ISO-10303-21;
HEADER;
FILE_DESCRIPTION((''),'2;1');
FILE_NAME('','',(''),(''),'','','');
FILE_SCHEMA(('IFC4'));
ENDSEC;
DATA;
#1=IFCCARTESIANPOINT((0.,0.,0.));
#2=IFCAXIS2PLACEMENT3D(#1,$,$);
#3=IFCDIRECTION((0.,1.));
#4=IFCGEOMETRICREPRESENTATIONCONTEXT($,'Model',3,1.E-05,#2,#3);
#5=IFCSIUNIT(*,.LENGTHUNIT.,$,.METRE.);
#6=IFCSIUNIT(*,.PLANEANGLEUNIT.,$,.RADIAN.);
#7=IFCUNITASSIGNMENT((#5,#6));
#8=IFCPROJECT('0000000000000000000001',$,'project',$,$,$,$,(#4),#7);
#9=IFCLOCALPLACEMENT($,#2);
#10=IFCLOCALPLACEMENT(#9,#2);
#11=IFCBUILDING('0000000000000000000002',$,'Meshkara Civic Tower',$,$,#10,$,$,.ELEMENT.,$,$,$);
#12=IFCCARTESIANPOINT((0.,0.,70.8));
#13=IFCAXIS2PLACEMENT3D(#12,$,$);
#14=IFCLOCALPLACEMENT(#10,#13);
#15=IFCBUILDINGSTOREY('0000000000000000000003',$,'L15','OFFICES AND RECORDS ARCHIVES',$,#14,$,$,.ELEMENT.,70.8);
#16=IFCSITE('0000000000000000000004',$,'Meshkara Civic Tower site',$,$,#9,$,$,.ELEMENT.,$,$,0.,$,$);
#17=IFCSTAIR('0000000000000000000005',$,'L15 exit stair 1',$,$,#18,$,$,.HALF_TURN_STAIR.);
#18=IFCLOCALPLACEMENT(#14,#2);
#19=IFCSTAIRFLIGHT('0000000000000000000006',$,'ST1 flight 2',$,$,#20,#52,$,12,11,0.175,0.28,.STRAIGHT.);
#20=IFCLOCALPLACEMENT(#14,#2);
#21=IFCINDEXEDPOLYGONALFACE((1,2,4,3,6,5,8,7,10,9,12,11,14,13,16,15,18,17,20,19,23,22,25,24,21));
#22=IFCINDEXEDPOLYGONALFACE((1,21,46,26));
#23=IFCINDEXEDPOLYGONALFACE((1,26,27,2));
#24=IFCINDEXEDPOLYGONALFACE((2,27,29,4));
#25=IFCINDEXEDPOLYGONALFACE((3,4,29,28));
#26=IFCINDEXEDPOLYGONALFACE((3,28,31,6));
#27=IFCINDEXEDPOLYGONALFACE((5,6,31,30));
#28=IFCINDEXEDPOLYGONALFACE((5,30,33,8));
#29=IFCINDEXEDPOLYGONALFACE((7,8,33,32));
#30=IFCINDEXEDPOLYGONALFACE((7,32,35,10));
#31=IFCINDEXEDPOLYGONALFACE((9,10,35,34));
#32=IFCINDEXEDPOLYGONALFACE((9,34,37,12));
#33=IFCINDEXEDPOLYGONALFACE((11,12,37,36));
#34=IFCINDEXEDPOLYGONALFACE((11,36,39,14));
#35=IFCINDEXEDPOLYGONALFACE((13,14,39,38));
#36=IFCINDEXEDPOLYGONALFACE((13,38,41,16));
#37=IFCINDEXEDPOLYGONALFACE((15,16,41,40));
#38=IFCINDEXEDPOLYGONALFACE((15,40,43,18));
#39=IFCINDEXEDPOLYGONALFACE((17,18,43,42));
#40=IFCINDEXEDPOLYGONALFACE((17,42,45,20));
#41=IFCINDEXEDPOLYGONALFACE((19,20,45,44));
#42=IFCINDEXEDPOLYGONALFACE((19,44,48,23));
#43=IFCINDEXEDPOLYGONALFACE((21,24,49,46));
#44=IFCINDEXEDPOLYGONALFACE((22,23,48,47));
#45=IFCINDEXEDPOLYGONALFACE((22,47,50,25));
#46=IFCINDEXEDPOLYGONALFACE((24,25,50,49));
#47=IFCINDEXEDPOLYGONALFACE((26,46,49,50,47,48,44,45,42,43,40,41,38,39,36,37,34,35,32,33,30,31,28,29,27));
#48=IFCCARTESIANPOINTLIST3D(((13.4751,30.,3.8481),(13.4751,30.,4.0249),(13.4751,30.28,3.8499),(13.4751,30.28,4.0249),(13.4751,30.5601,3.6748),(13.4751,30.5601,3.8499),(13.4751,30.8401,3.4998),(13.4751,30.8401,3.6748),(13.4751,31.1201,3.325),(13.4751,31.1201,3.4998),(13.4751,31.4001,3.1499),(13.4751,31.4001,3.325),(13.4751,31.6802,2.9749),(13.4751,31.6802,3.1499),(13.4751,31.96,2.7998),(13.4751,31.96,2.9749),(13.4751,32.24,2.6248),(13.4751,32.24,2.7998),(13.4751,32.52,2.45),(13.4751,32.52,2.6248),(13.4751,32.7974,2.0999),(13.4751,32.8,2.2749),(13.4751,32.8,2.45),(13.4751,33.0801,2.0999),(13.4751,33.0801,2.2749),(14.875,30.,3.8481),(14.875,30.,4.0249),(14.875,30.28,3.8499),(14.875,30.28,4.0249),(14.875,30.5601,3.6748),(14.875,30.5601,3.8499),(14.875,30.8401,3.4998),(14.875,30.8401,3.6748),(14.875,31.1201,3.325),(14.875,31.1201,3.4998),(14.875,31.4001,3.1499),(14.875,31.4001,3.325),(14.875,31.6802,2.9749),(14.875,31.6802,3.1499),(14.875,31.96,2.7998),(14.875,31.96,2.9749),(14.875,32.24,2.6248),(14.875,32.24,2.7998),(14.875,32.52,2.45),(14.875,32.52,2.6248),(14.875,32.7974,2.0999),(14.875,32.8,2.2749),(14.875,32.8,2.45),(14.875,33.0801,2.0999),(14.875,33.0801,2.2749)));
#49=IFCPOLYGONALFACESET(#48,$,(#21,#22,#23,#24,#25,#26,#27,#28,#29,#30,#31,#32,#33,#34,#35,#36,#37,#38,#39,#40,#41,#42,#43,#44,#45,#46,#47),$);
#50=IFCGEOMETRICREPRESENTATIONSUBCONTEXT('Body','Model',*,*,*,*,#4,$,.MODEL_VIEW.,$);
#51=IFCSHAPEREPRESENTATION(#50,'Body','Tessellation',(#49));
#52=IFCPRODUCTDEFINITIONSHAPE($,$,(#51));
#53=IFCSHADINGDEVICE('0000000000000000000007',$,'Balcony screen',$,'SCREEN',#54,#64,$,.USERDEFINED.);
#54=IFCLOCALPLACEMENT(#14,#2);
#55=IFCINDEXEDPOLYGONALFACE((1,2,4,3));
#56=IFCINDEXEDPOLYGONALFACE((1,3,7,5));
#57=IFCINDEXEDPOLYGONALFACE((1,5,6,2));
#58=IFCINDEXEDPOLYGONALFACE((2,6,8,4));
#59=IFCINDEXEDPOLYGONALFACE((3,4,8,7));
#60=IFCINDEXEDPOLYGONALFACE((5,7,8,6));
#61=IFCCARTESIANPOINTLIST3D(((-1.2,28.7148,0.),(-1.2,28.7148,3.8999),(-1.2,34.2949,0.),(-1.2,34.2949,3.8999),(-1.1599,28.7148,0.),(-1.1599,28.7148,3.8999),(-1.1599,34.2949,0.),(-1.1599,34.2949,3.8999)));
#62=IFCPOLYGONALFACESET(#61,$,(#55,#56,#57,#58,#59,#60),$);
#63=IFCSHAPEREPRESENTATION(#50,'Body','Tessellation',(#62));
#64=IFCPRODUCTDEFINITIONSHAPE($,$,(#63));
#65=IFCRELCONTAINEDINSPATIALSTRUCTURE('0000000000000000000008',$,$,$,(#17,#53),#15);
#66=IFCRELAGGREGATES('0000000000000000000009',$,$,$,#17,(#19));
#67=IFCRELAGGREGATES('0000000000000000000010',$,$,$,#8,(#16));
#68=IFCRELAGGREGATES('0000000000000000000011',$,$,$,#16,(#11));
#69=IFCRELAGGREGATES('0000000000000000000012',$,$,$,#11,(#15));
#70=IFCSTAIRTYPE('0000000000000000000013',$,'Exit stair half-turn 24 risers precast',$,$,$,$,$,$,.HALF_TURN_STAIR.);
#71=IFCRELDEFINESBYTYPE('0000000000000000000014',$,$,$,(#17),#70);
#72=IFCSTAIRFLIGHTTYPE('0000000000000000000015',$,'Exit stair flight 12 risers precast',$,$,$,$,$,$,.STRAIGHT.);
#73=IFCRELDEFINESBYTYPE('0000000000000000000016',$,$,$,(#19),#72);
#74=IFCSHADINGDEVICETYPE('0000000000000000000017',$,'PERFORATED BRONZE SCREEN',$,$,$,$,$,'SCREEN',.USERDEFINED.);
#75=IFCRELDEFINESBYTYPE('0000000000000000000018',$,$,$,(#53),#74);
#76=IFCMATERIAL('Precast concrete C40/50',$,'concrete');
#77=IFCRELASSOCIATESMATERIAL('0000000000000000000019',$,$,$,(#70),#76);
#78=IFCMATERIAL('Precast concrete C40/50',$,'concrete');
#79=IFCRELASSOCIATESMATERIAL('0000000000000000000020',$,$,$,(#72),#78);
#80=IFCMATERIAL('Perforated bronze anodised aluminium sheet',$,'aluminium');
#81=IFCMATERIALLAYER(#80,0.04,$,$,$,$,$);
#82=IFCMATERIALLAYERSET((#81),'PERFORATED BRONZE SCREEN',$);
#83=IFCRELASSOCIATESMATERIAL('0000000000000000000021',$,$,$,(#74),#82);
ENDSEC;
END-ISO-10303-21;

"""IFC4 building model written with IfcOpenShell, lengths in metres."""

from ifc_helpers import new_model, si_unit, direction, frame, origin, origin_2d, place, context, subcontext, project, spatial, polyline, rectangle, outline, extrude, material, layer, layer_set, type_object, element, aggregate, save


model = new_model("IFC4")

# Units and contexts
model_context = context("Model", 3, precision=1e-05, world=origin(), true_north=direction((0.0, 1.0)))
body_context = subcontext(model_context, "Body", "Model", "MODEL_VIEW")
ifc_project = project(units=[si_unit("LENGTHUNIT", "METRE"), si_unit("PLANEANGLEUNIT", "RADIAN")], contexts=[model_context])

# Site, building, storey
site_placement = place(None, origin())
site = spatial("IfcSite", under=ifc_project, at=site_placement, Name="Meshkara Civic Tower site", CompositionType="ELEMENT", RefElevation=0.0)
building_placement = place(site_placement, origin())
building = spatial("IfcBuilding", under=site, at=building_placement, Name="Meshkara Civic Tower", CompositionType="ELEMENT")
storey_placement = place(building_placement, frame((0.0, 0.0, 70.8)))
storey = spatial("IfcBuildingStorey", under=building, at=storey_placement, Name="L15", Description="OFFICES AND RECORDS ARCHIVES", CompositionType="ELEMENT", Elevation=70.8)

# Stair, stair flight
ifc_material_1 = material(Name="Precast concrete C40/50", Category="concrete")
stair_type = type_object("IfcStairType", Name="Exit stair half-turn 24 risers precast", PredefinedType="HALF_TURN_STAIR", material=ifc_material_1)
stair_placement = place(storey_placement, origin())
stair = element("IfcStair", 1, at=stair_placement, inside=storey, type_object=stair_type, Name="L15 exit stair 1", PredefinedType="HALF_TURN_STAIR")
ifc_material_2 = material(Name="Precast concrete C40/50", Category="concrete")
stair_flight_type = type_object("IfcStairFlightType", Name="Exit stair flight 12 risers precast", PredefinedType="STRAIGHT", material=ifc_material_2)
stair_flight_1_placement = place(storey_placement, frame((14.175, 33.0801, 2.0999), z_axis=(0.0, 0.0, 1.0), x_axis=(0.0, -1.0, 0.0)))
stair_flight_1 = element("IfcStairFlight", 2, at=stair_flight_1_placement, type_object=stair_flight_type, Name="ST1 flight 2", NumberOfRisers=12, NumberOfTreads=11, PredefinedType="STRAIGHT", RiserHeight=0.175, TreadLength=0.28, context=body_context, shape_type="SweptSolid", body=[
    extrude(outline(polyline([(0.0, 0.0), (0.0, 0.175), (0.28, 0.175), (0.28, 0.3501), (0.5601, 0.3501), (0.5601, 0.5249), (0.8401, 0.5249), (0.8401, 0.7), (1.1201, 0.7), (1.1201, 0.875), (1.3999, 0.875), (1.3999, 1.05), (1.6799, 1.05), (1.6799, 1.2251), (1.96, 1.2251), (1.96, 1.3999), (2.24, 1.3999), (2.24, 1.575), (2.52, 1.575), (2.52, 1.75), (2.8, 1.75), (2.8, 1.925), (3.0801, 1.925), (3.0801, 2.1001), (3.0801, 1.7483), (0.2827, 0.0), (0.0, 0.0)])), frame((0.0, 0.7, 0.0), z_axis=(0.0, -1.0, 0.0), x_axis=(1.0, 0.0, 0.0)), (0.0, 0.0, 1.0), 1.3999),
])
aggregate(stair, [stair_flight_1])

# Shading device
ifc_material_3 = material(Name="Perforated bronze anodised aluminium sheet", Category="aluminium")
ifc_layer_1 = layer(ifc_material_3, 0.04)
ifc_layer_set_1 = layer_set([ifc_layer_1], Name="PERFORATED BRONZE SCREEN")
shading_device_type = type_object("IfcShadingDeviceType", Name="PERFORATED BRONZE SCREEN", ElementType="SCREEN", PredefinedType="USERDEFINED", material=ifc_layer_set_1)
shading_device_placement = place(storey_placement, frame((-1.1799, 31.5049, 0.0), z_axis=(0.0, 0.0, 1.0), x_axis=(0.0, -1.0, 0.0)))
element("IfcShadingDevice", 3, at=shading_device_placement, inside=storey, type_object=shading_device_type, Name="Balcony screen", ObjectType="SCREEN", PredefinedType="USERDEFINED", context=body_context, shape_type="SweptSolid", body=[
    extrude(rectangle(XDim=5.5801, YDim=0.04, at=origin_2d()), origin(), (0.0, 0.0, 1.0), 3.8999),
])

save(model, "model.ifc")
